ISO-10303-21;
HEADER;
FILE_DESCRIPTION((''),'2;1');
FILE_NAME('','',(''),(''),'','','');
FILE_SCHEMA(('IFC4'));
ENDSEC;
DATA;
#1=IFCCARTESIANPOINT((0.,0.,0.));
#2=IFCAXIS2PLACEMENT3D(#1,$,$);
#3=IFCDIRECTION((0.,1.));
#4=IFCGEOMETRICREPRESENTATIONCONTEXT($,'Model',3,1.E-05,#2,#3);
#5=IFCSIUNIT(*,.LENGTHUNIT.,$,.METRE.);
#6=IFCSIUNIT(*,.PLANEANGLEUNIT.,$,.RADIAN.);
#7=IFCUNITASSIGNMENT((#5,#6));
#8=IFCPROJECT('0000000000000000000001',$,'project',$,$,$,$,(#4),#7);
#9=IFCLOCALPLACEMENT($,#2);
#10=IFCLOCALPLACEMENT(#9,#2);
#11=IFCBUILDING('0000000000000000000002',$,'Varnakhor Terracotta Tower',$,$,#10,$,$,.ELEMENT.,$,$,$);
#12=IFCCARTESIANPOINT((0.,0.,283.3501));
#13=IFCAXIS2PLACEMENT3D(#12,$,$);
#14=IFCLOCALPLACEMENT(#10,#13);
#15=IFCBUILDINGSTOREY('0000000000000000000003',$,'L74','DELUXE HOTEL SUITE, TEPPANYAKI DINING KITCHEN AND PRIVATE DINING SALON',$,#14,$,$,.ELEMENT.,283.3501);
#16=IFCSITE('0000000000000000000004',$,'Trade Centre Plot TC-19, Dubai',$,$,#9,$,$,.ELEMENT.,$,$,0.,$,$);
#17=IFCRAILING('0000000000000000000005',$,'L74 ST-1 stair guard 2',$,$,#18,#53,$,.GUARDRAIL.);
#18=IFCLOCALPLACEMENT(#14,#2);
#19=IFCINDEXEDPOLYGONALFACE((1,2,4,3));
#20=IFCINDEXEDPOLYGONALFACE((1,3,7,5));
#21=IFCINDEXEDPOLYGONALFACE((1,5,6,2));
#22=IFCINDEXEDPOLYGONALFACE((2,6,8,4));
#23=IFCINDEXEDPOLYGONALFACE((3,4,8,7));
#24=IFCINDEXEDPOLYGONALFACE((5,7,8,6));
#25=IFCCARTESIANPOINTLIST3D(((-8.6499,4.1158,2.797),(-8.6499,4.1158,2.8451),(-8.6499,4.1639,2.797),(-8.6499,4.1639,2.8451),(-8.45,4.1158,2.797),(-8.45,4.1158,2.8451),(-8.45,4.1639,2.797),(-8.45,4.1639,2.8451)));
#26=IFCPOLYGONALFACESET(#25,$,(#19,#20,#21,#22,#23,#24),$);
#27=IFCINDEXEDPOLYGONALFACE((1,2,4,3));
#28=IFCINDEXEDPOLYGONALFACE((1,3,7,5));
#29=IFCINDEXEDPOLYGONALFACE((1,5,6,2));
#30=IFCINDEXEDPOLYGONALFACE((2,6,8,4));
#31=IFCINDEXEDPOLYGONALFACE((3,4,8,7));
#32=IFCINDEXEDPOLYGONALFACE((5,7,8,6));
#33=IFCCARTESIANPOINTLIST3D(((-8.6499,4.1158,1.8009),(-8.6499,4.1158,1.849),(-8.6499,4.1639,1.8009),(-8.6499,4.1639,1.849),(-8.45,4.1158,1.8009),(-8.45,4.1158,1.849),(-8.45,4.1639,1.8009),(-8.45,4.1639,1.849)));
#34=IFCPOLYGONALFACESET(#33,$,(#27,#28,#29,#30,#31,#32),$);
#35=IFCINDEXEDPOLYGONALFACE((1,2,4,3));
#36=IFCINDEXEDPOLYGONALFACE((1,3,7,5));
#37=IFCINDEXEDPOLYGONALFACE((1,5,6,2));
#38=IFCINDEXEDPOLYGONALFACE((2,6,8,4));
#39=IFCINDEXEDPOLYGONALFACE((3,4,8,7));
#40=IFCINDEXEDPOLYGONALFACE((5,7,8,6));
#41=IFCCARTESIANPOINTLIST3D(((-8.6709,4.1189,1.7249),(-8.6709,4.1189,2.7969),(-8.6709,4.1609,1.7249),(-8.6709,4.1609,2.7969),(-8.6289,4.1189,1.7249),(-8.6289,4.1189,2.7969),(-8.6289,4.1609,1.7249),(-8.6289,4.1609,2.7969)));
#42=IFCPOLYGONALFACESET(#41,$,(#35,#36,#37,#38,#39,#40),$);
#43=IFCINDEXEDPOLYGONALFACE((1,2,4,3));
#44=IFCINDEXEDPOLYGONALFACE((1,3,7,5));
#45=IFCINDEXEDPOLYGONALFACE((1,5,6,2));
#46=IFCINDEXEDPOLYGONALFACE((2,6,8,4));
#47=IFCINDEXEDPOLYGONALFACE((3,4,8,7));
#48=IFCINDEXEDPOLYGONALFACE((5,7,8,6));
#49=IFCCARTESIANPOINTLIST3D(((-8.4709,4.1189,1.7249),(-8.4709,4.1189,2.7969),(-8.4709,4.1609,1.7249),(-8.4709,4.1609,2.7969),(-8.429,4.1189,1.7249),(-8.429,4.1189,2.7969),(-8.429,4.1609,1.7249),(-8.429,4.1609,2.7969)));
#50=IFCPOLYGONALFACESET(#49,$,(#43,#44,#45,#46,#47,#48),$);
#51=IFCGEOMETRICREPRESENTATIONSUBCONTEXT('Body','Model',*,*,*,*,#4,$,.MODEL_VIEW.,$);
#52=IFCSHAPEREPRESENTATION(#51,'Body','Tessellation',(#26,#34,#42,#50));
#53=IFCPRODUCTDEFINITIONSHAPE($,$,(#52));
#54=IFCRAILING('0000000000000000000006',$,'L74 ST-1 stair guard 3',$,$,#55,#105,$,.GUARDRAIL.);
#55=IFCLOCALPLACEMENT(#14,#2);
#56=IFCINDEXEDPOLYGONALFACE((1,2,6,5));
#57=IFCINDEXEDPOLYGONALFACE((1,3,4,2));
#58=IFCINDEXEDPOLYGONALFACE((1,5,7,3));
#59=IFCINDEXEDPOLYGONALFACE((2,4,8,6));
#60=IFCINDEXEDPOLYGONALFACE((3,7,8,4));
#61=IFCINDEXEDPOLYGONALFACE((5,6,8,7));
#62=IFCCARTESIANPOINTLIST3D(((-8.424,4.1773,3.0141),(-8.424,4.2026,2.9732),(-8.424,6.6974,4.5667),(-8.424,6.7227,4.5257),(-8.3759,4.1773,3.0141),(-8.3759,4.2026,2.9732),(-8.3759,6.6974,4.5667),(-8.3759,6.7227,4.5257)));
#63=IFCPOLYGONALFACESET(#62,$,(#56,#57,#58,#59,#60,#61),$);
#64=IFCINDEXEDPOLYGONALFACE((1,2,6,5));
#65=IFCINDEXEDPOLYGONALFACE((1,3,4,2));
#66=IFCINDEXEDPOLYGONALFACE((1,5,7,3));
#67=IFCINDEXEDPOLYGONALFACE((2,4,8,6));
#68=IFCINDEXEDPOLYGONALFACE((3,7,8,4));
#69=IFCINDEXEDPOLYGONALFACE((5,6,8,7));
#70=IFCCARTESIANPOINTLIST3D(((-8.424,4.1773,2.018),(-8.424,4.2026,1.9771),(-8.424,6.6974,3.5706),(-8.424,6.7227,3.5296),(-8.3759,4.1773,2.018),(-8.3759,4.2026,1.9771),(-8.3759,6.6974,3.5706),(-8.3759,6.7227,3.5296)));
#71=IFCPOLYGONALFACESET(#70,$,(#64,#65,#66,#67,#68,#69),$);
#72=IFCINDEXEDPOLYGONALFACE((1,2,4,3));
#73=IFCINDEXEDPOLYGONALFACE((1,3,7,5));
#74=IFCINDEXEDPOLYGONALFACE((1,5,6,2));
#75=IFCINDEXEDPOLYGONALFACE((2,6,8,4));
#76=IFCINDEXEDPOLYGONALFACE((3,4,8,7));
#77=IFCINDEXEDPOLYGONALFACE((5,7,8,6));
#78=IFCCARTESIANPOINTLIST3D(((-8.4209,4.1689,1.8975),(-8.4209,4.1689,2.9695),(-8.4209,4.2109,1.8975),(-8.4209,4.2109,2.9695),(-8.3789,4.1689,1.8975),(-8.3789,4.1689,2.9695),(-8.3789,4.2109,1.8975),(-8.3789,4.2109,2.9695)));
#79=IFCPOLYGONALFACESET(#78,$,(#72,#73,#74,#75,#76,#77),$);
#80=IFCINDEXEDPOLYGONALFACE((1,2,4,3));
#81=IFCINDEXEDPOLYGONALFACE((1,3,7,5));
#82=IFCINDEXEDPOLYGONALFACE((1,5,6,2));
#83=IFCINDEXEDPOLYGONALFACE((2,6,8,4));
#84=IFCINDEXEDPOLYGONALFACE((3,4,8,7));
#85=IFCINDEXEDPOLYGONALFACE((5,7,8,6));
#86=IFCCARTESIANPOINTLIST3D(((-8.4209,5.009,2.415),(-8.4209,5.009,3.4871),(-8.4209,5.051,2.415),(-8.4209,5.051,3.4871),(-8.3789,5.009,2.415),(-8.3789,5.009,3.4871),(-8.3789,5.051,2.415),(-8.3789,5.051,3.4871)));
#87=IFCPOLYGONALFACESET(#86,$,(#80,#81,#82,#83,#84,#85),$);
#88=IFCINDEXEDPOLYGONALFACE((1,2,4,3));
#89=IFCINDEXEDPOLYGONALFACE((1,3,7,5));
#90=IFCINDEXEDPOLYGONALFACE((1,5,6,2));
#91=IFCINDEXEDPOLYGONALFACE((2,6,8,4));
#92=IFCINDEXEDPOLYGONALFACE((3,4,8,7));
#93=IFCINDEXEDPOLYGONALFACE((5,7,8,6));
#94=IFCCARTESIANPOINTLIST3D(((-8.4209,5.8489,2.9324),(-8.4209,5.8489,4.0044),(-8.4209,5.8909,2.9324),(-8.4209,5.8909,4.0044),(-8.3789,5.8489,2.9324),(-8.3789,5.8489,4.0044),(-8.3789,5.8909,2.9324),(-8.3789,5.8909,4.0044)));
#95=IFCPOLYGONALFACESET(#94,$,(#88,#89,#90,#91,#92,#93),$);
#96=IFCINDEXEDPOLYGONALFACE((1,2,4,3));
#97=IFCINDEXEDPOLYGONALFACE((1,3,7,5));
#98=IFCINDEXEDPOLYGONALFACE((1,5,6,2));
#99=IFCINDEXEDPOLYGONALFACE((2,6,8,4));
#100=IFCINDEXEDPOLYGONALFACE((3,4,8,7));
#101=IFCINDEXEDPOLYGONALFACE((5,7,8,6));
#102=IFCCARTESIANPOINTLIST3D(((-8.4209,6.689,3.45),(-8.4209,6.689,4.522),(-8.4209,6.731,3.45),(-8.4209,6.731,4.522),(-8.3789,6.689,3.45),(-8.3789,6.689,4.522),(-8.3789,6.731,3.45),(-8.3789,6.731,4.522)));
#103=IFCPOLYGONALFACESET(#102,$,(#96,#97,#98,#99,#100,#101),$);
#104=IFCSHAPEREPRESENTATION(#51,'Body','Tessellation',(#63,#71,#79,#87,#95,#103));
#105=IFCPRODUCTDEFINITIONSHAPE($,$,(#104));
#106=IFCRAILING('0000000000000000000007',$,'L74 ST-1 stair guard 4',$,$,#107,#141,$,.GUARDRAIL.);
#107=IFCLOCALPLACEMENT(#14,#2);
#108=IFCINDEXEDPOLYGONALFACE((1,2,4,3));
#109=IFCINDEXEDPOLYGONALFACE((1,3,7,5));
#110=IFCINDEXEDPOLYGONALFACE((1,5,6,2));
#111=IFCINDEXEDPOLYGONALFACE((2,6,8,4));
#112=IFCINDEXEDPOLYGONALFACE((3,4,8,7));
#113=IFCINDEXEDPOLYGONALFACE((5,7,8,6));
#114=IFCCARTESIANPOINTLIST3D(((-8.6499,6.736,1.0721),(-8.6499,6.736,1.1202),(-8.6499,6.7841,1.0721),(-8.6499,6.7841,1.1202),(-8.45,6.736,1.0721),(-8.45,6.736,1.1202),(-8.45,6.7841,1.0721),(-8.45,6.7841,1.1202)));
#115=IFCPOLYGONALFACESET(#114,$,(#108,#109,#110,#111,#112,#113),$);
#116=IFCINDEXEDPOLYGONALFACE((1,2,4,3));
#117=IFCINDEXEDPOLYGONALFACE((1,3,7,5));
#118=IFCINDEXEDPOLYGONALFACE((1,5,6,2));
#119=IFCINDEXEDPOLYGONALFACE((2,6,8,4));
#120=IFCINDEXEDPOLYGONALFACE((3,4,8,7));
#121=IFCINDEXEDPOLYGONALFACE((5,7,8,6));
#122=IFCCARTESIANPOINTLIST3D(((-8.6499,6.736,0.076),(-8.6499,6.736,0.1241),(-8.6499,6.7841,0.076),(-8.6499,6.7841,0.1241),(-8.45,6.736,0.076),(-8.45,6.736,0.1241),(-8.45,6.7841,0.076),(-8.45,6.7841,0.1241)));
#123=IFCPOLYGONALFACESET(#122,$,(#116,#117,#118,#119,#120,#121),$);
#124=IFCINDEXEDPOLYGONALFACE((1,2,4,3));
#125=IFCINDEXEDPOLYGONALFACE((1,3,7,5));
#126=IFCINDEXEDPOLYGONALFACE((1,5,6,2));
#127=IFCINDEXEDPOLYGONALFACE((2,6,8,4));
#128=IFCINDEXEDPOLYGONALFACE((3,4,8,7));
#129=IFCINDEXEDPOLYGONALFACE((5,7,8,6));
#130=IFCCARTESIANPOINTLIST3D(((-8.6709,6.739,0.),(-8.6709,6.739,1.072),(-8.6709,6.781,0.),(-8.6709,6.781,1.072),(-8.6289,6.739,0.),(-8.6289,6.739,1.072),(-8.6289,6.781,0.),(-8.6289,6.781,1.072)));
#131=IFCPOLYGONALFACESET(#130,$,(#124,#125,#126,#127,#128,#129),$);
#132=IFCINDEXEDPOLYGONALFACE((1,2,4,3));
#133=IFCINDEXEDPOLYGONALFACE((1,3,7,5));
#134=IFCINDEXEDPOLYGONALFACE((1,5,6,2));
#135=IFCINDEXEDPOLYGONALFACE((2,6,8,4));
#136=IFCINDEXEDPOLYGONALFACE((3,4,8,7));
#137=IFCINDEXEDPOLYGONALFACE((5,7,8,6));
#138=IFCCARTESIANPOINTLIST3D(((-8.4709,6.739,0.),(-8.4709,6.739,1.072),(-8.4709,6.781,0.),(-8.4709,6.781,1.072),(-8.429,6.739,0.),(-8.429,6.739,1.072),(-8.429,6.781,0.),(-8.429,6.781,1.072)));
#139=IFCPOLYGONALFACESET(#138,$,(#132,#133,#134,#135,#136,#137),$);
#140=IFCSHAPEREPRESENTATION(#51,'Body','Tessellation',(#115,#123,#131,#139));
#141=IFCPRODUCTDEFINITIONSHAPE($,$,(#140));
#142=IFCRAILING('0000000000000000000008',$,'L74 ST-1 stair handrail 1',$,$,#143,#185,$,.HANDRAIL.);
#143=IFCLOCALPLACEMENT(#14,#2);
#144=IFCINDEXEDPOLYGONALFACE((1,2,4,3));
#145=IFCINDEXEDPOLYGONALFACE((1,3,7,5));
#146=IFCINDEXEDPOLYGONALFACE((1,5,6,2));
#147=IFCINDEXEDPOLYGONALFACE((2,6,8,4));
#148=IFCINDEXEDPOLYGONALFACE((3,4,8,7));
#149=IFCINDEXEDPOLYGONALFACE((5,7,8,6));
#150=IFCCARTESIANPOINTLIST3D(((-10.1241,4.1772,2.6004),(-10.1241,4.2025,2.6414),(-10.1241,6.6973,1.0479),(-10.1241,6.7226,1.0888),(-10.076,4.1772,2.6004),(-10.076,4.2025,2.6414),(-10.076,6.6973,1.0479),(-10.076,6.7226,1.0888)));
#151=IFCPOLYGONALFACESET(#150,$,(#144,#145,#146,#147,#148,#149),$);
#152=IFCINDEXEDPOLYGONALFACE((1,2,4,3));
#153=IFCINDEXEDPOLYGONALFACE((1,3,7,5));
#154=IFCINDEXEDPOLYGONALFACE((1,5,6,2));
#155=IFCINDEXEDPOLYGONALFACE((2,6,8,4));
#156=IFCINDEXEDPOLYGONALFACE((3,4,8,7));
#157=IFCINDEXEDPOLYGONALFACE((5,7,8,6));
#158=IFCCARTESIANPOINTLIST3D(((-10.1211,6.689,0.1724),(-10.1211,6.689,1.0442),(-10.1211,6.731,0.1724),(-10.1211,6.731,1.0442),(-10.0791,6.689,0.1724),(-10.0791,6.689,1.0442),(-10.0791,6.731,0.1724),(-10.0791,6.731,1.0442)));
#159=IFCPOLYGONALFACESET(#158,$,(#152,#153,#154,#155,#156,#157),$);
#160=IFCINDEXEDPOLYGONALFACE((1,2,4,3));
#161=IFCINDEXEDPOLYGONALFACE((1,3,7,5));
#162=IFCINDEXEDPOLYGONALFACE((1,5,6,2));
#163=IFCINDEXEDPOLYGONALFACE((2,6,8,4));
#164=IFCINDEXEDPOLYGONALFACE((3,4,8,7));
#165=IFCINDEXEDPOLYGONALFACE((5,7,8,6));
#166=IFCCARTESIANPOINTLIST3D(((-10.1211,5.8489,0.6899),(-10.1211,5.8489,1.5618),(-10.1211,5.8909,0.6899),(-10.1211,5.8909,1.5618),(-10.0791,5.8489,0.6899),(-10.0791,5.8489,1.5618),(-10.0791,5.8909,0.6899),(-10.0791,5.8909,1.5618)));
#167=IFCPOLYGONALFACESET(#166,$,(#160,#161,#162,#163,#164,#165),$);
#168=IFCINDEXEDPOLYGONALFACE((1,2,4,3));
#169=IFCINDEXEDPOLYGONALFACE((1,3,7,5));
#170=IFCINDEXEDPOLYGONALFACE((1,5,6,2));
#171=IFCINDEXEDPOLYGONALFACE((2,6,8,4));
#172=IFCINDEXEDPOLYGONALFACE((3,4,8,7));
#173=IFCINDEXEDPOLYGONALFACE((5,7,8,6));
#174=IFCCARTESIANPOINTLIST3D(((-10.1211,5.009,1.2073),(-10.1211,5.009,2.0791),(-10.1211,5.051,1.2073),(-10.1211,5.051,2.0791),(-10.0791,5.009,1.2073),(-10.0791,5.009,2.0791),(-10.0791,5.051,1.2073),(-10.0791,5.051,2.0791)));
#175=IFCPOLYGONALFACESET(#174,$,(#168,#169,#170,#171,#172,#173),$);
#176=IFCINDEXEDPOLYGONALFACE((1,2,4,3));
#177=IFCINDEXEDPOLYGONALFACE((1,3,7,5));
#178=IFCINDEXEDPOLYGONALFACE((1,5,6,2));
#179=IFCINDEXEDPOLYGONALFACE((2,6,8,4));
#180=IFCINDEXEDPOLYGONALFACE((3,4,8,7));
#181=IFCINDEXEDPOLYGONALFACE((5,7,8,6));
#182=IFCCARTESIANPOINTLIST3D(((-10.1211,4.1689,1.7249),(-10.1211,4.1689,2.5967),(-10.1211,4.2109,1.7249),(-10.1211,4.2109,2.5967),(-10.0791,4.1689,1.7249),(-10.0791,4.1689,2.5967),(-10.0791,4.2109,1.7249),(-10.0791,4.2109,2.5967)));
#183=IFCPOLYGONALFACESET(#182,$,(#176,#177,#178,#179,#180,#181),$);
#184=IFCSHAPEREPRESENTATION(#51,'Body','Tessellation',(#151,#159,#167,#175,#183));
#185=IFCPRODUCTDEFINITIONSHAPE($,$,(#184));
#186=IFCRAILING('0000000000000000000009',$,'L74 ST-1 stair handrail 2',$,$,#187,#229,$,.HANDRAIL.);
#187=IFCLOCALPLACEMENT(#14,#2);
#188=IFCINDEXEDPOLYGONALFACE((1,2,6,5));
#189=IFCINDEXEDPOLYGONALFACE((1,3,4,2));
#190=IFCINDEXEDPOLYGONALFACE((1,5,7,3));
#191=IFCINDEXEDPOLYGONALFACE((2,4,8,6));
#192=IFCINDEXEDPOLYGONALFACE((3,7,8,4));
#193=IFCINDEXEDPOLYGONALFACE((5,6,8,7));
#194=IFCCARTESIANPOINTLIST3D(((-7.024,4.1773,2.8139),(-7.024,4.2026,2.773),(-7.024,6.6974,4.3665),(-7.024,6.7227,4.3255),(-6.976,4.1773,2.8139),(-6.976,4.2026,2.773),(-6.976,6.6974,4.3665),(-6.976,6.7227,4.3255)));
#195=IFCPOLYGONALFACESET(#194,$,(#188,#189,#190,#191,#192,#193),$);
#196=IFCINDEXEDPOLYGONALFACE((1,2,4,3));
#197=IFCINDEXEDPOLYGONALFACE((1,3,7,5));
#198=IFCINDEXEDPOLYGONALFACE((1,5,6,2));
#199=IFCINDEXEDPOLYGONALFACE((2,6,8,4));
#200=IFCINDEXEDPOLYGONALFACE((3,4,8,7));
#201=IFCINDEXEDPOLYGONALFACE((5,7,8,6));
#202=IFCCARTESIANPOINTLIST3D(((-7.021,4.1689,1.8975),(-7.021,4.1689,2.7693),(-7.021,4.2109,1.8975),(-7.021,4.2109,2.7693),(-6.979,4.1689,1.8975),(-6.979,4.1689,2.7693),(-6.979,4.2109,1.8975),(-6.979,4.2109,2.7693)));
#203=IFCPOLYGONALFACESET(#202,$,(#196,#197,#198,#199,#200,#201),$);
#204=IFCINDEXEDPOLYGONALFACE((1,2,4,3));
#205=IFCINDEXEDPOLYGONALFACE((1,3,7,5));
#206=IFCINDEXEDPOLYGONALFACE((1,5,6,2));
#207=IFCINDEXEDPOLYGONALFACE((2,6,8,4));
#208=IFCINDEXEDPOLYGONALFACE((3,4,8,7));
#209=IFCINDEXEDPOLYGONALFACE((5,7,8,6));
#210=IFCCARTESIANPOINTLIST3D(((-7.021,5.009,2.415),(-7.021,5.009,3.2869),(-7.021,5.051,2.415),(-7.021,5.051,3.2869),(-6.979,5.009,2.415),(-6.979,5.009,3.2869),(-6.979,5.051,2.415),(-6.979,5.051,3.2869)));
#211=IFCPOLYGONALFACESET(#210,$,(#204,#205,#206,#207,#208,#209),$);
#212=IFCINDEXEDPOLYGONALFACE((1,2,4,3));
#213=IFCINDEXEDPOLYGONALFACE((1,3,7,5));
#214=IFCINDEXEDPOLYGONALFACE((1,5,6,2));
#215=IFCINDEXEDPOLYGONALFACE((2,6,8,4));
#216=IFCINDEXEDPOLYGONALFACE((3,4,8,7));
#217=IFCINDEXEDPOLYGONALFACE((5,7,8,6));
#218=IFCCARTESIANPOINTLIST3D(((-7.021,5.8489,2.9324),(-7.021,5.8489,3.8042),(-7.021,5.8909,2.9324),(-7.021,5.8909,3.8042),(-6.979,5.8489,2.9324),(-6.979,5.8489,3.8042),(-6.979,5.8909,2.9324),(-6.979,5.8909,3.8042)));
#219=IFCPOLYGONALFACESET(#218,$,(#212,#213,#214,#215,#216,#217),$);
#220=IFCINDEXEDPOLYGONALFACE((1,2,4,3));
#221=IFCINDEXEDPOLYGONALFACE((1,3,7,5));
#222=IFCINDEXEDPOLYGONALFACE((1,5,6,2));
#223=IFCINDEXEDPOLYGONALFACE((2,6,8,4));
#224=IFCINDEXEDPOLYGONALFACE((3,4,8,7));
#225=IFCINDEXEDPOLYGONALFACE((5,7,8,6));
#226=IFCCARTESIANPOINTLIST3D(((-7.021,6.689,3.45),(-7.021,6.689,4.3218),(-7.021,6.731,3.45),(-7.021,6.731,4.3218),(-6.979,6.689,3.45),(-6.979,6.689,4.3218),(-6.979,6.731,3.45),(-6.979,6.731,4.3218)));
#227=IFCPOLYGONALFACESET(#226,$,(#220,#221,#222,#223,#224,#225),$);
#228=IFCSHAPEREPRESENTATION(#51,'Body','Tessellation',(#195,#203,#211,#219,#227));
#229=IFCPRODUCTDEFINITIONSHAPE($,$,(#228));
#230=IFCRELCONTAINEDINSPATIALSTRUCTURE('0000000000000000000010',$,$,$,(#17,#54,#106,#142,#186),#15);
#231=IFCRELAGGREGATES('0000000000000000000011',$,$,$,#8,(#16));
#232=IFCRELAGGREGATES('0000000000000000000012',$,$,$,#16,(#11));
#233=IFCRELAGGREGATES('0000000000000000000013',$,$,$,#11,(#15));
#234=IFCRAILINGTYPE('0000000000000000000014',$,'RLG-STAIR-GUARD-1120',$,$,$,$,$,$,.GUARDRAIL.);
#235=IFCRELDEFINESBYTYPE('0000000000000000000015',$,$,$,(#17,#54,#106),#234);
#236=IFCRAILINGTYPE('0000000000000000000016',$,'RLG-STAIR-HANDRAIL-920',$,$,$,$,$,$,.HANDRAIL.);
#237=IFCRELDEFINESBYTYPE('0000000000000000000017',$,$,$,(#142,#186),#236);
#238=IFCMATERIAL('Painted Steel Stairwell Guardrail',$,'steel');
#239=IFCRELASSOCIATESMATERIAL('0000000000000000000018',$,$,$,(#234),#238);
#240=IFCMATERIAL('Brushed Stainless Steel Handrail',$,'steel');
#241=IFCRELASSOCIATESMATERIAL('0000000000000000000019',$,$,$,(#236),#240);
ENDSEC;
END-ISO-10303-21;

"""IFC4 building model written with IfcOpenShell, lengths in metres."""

from ifc_helpers import new_model, si_unit, direction, frame, origin, origin_2d, place, context, subcontext, project, spatial, rectangle, extrude, material, type_object, element, save


model = new_model("IFC4")

# Units and contexts
model_context = context("Model", 3, precision=1e-05, world=origin(), true_north=direction((0.0, 1.0)))
body_context = subcontext(model_context, "Body", "Model", "MODEL_VIEW")
ifc_project = project(units=[si_unit("LENGTHUNIT", "METRE"), si_unit("PLANEANGLEUNIT", "RADIAN")], contexts=[model_context])

# Site, building, storey
site_placement = place(None, origin())
site = spatial("IfcSite", under=ifc_project, at=site_placement, Name="Trade Centre Plot TC-19, Dubai", CompositionType="ELEMENT", RefElevation=0.0)
building_placement = place(site_placement, origin())
building = spatial("IfcBuilding", under=site, at=building_placement, Name="Varnakhor Terracotta Tower", CompositionType="ELEMENT")
storey_placement = place(building_placement, frame((0.0, 0.0, 283.3501)))
storey = spatial("IfcBuildingStorey", under=building, at=storey_placement, Name="L74", Description="DELUXE HOTEL SUITE, TEPPANYAKI DINING KITCHEN AND PRIVATE DINING SALON", CompositionType="ELEMENT", Elevation=283.3501)

# Railings
ifc_material_1 = material(Name="Painted Steel Stairwell Guardrail", Category="steel")
railing_type_1 = type_object("IfcRailingType", Name="RLG-STAIR-GUARD-1120", PredefinedType="GUARDRAIL", material=ifc_material_1)
railing_1_placement = place(storey_placement, frame((-8.6499, 4.1399, 1.7249)))
element("IfcRailing", 1, at=railing_1_placement, inside=storey, type_object=railing_type_1, Name="L74 ST-1 stair guard 2", PredefinedType="GUARDRAIL", context=body_context, shape_type="SweptSolid", body=[
    extrude(rectangle(XDim=0.0481, YDim=0.0481, at=origin_2d()), frame((0.0, 0.0, 1.0962), z_axis=(1.0, 0.0, 0.0), x_axis=(0.0, 1.0, 0.0)), (0.0, 0.0, 1.0), 0.2),
    extrude(rectangle(XDim=0.0481, YDim=0.0481, at=origin_2d()), frame((0.0, 0.0, 0.1001), z_axis=(1.0, 0.0, 0.0), x_axis=(0.0, 1.0, 0.0)), (0.0, 0.0, 1.0), 0.2),
    extrude(rectangle(XDim=0.042, YDim=0.042, at=origin_2d()), origin(), (0.0, 0.0, 1.0), 1.072),
    extrude(rectangle(XDim=0.042, YDim=0.042, at=origin_2d()), frame((0.2, 0.0, 0.0)), (0.0, 0.0, 1.0), 1.072),
])
railing_2_placement = place(storey_placement, frame((-8.3999, 4.1899, 1.8975)))
element("IfcRailing", 2, at=railing_2_placement, inside=storey, type_object=railing_type_1, Name="L74 ST-1 stair guard 3", PredefinedType="GUARDRAIL", context=body_context, shape_type="SweptSolid", body=[
    extrude(rectangle(XDim=0.0481, YDim=0.0481, at=origin_2d()), frame((0.0, 0.0, 1.0962), z_axis=(0.0, 0.8514, 0.524516), x_axis=(-1.0, 0.0, 0.0)), (0.0, 0.0, 1.0), 2.96),
    extrude(rectangle(XDim=0.0481, YDim=0.0481, at=origin_2d()), frame((0.0, 0.0, 0.1001), z_axis=(0.0, 0.8514, 0.524516), x_axis=(-1.0, 0.0, 0.0)), (0.0, 0.0, 1.0), 2.96),
    extrude(rectangle(XDim=0.042, YDim=0.042, at=origin_2d()), origin(), (0.0, 0.0, 1.0), 1.072),
    extrude(rectangle(XDim=0.042, YDim=0.042, at=origin_2d()), frame((0.0, 0.8401, 0.5176)), (0.0, 0.0, 1.0), 1.072),
    extrude(rectangle(XDim=0.042, YDim=0.042, at=origin_2d()), frame((0.0, 1.6799, 1.0349)), (0.0, 0.0, 1.0), 1.072),
    extrude(rectangle(XDim=0.042, YDim=0.042, at=origin_2d()), frame((0.0, 2.52, 1.5525)), (0.0, 0.0, 1.0), 1.072),
])
railing_3_placement = place(storey_placement, frame((-8.6499, 6.76, 0.0)))
element("IfcRailing", 3, at=railing_3_placement, inside=storey, type_object=railing_type_1, Name="L74 ST-1 stair guard 4", PredefinedType="GUARDRAIL", context=body_context, shape_type="SweptSolid", body=[
    extrude(rectangle(XDim=0.0481, YDim=0.0481, at=origin_2d()), frame((0.0, 0.0, 1.0962), z_axis=(1.0, 0.0, 0.0), x_axis=(0.0, 1.0, 0.0)), (0.0, 0.0, 1.0), 0.2),
    extrude(rectangle(XDim=0.0481, YDim=0.0481, at=origin_2d()), frame((0.0, 0.0, 0.1001), z_axis=(1.0, 0.0, 0.0), x_axis=(0.0, 1.0, 0.0)), (0.0, 0.0, 1.0), 0.2),
    extrude(rectangle(XDim=0.042, YDim=0.042, at=origin_2d()), origin(), (0.0, 0.0, 1.0), 1.072),
    extrude(rectangle(XDim=0.042, YDim=0.042, at=origin_2d()), frame((0.2, 0.0, 0.0)), (0.0, 0.0, 1.0), 1.072),
])
ifc_material_2 = material(Name="Brushed Stainless Steel Handrail", Category="steel")
railing_type_2 = type_object("IfcRailingType", Name="RLG-STAIR-HANDRAIL-920", PredefinedType="HANDRAIL", material=ifc_material_2)
railing_4_placement = place(storey_placement, frame((-10.1001, 6.71, 0.1724)))
element("IfcRailing", 4, at=railing_4_placement, inside=storey, type_object=railing_type_2, Name="L74 ST-1 stair handrail 1", PredefinedType="HANDRAIL", context=body_context, shape_type="SweptSolid", body=[
    extrude(rectangle(XDim=0.0481, YDim=0.0481, at=origin_2d()), frame((0.0, 0.0, 0.896), z_axis=(0.0, -0.8514, 0.524516), x_axis=(1.0, 0.0, 0.0)), (0.0, 0.0, 1.0), 2.96),
    extrude(rectangle(XDim=0.042, YDim=0.042, at=origin_2d()), origin(), (0.0, 0.0, 1.0), 0.8718),
    extrude(rectangle(XDim=0.042, YDim=0.042, at=origin_2d()), frame((0.0, -0.8401, 0.5176)), (0.0, 0.0, 1.0), 0.8718),
    extrude(rectangle(XDim=0.042, YDim=0.042, at=origin_2d()), frame((0.0, -1.6799, 1.0349)), (0.0, 0.0, 1.0), 0.8718),
    extrude(rectangle(XDim=0.042, YDim=0.042, at=origin_2d()), frame((0.0, -2.52, 1.5525)), (0.0, 0.0, 1.0), 0.8718),
])
railing_5_placement = place(storey_placement, frame((-7.0, 4.1899, 1.8975)))
element("IfcRailing", 5, at=railing_5_placement, inside=storey, type_object=railing_type_2, Name="L74 ST-1 stair handrail 2", PredefinedType="HANDRAIL", context=body_context, shape_type="SweptSolid", body=[
    extrude(rectangle(XDim=0.0481, YDim=0.0481, at=origin_2d()), frame((0.0, 0.0, 0.896), z_axis=(0.0, 0.8514, 0.524516), x_axis=(-1.0, 0.0, 0.0)), (0.0, 0.0, 1.0), 2.96),
    extrude(rectangle(XDim=0.042, YDim=0.042, at=origin_2d()), origin(), (0.0, 0.0, 1.0), 0.8718),
    extrude(rectangle(XDim=0.042, YDim=0.042, at=origin_2d()), frame((0.0, 0.8401, 0.5176)), (0.0, 0.0, 1.0), 0.8718),
    extrude(rectangle(XDim=0.042, YDim=0.042, at=origin_2d()), frame((0.0, 1.6799, 1.0349)), (0.0, 0.0, 1.0), 0.8718),
    extrude(rectangle(XDim=0.042, YDim=0.042, at=origin_2d()), frame((0.0, 2.52, 1.5525)), (0.0, 0.0, 1.0), 0.8718),
])

save(model, "model.ifc")
